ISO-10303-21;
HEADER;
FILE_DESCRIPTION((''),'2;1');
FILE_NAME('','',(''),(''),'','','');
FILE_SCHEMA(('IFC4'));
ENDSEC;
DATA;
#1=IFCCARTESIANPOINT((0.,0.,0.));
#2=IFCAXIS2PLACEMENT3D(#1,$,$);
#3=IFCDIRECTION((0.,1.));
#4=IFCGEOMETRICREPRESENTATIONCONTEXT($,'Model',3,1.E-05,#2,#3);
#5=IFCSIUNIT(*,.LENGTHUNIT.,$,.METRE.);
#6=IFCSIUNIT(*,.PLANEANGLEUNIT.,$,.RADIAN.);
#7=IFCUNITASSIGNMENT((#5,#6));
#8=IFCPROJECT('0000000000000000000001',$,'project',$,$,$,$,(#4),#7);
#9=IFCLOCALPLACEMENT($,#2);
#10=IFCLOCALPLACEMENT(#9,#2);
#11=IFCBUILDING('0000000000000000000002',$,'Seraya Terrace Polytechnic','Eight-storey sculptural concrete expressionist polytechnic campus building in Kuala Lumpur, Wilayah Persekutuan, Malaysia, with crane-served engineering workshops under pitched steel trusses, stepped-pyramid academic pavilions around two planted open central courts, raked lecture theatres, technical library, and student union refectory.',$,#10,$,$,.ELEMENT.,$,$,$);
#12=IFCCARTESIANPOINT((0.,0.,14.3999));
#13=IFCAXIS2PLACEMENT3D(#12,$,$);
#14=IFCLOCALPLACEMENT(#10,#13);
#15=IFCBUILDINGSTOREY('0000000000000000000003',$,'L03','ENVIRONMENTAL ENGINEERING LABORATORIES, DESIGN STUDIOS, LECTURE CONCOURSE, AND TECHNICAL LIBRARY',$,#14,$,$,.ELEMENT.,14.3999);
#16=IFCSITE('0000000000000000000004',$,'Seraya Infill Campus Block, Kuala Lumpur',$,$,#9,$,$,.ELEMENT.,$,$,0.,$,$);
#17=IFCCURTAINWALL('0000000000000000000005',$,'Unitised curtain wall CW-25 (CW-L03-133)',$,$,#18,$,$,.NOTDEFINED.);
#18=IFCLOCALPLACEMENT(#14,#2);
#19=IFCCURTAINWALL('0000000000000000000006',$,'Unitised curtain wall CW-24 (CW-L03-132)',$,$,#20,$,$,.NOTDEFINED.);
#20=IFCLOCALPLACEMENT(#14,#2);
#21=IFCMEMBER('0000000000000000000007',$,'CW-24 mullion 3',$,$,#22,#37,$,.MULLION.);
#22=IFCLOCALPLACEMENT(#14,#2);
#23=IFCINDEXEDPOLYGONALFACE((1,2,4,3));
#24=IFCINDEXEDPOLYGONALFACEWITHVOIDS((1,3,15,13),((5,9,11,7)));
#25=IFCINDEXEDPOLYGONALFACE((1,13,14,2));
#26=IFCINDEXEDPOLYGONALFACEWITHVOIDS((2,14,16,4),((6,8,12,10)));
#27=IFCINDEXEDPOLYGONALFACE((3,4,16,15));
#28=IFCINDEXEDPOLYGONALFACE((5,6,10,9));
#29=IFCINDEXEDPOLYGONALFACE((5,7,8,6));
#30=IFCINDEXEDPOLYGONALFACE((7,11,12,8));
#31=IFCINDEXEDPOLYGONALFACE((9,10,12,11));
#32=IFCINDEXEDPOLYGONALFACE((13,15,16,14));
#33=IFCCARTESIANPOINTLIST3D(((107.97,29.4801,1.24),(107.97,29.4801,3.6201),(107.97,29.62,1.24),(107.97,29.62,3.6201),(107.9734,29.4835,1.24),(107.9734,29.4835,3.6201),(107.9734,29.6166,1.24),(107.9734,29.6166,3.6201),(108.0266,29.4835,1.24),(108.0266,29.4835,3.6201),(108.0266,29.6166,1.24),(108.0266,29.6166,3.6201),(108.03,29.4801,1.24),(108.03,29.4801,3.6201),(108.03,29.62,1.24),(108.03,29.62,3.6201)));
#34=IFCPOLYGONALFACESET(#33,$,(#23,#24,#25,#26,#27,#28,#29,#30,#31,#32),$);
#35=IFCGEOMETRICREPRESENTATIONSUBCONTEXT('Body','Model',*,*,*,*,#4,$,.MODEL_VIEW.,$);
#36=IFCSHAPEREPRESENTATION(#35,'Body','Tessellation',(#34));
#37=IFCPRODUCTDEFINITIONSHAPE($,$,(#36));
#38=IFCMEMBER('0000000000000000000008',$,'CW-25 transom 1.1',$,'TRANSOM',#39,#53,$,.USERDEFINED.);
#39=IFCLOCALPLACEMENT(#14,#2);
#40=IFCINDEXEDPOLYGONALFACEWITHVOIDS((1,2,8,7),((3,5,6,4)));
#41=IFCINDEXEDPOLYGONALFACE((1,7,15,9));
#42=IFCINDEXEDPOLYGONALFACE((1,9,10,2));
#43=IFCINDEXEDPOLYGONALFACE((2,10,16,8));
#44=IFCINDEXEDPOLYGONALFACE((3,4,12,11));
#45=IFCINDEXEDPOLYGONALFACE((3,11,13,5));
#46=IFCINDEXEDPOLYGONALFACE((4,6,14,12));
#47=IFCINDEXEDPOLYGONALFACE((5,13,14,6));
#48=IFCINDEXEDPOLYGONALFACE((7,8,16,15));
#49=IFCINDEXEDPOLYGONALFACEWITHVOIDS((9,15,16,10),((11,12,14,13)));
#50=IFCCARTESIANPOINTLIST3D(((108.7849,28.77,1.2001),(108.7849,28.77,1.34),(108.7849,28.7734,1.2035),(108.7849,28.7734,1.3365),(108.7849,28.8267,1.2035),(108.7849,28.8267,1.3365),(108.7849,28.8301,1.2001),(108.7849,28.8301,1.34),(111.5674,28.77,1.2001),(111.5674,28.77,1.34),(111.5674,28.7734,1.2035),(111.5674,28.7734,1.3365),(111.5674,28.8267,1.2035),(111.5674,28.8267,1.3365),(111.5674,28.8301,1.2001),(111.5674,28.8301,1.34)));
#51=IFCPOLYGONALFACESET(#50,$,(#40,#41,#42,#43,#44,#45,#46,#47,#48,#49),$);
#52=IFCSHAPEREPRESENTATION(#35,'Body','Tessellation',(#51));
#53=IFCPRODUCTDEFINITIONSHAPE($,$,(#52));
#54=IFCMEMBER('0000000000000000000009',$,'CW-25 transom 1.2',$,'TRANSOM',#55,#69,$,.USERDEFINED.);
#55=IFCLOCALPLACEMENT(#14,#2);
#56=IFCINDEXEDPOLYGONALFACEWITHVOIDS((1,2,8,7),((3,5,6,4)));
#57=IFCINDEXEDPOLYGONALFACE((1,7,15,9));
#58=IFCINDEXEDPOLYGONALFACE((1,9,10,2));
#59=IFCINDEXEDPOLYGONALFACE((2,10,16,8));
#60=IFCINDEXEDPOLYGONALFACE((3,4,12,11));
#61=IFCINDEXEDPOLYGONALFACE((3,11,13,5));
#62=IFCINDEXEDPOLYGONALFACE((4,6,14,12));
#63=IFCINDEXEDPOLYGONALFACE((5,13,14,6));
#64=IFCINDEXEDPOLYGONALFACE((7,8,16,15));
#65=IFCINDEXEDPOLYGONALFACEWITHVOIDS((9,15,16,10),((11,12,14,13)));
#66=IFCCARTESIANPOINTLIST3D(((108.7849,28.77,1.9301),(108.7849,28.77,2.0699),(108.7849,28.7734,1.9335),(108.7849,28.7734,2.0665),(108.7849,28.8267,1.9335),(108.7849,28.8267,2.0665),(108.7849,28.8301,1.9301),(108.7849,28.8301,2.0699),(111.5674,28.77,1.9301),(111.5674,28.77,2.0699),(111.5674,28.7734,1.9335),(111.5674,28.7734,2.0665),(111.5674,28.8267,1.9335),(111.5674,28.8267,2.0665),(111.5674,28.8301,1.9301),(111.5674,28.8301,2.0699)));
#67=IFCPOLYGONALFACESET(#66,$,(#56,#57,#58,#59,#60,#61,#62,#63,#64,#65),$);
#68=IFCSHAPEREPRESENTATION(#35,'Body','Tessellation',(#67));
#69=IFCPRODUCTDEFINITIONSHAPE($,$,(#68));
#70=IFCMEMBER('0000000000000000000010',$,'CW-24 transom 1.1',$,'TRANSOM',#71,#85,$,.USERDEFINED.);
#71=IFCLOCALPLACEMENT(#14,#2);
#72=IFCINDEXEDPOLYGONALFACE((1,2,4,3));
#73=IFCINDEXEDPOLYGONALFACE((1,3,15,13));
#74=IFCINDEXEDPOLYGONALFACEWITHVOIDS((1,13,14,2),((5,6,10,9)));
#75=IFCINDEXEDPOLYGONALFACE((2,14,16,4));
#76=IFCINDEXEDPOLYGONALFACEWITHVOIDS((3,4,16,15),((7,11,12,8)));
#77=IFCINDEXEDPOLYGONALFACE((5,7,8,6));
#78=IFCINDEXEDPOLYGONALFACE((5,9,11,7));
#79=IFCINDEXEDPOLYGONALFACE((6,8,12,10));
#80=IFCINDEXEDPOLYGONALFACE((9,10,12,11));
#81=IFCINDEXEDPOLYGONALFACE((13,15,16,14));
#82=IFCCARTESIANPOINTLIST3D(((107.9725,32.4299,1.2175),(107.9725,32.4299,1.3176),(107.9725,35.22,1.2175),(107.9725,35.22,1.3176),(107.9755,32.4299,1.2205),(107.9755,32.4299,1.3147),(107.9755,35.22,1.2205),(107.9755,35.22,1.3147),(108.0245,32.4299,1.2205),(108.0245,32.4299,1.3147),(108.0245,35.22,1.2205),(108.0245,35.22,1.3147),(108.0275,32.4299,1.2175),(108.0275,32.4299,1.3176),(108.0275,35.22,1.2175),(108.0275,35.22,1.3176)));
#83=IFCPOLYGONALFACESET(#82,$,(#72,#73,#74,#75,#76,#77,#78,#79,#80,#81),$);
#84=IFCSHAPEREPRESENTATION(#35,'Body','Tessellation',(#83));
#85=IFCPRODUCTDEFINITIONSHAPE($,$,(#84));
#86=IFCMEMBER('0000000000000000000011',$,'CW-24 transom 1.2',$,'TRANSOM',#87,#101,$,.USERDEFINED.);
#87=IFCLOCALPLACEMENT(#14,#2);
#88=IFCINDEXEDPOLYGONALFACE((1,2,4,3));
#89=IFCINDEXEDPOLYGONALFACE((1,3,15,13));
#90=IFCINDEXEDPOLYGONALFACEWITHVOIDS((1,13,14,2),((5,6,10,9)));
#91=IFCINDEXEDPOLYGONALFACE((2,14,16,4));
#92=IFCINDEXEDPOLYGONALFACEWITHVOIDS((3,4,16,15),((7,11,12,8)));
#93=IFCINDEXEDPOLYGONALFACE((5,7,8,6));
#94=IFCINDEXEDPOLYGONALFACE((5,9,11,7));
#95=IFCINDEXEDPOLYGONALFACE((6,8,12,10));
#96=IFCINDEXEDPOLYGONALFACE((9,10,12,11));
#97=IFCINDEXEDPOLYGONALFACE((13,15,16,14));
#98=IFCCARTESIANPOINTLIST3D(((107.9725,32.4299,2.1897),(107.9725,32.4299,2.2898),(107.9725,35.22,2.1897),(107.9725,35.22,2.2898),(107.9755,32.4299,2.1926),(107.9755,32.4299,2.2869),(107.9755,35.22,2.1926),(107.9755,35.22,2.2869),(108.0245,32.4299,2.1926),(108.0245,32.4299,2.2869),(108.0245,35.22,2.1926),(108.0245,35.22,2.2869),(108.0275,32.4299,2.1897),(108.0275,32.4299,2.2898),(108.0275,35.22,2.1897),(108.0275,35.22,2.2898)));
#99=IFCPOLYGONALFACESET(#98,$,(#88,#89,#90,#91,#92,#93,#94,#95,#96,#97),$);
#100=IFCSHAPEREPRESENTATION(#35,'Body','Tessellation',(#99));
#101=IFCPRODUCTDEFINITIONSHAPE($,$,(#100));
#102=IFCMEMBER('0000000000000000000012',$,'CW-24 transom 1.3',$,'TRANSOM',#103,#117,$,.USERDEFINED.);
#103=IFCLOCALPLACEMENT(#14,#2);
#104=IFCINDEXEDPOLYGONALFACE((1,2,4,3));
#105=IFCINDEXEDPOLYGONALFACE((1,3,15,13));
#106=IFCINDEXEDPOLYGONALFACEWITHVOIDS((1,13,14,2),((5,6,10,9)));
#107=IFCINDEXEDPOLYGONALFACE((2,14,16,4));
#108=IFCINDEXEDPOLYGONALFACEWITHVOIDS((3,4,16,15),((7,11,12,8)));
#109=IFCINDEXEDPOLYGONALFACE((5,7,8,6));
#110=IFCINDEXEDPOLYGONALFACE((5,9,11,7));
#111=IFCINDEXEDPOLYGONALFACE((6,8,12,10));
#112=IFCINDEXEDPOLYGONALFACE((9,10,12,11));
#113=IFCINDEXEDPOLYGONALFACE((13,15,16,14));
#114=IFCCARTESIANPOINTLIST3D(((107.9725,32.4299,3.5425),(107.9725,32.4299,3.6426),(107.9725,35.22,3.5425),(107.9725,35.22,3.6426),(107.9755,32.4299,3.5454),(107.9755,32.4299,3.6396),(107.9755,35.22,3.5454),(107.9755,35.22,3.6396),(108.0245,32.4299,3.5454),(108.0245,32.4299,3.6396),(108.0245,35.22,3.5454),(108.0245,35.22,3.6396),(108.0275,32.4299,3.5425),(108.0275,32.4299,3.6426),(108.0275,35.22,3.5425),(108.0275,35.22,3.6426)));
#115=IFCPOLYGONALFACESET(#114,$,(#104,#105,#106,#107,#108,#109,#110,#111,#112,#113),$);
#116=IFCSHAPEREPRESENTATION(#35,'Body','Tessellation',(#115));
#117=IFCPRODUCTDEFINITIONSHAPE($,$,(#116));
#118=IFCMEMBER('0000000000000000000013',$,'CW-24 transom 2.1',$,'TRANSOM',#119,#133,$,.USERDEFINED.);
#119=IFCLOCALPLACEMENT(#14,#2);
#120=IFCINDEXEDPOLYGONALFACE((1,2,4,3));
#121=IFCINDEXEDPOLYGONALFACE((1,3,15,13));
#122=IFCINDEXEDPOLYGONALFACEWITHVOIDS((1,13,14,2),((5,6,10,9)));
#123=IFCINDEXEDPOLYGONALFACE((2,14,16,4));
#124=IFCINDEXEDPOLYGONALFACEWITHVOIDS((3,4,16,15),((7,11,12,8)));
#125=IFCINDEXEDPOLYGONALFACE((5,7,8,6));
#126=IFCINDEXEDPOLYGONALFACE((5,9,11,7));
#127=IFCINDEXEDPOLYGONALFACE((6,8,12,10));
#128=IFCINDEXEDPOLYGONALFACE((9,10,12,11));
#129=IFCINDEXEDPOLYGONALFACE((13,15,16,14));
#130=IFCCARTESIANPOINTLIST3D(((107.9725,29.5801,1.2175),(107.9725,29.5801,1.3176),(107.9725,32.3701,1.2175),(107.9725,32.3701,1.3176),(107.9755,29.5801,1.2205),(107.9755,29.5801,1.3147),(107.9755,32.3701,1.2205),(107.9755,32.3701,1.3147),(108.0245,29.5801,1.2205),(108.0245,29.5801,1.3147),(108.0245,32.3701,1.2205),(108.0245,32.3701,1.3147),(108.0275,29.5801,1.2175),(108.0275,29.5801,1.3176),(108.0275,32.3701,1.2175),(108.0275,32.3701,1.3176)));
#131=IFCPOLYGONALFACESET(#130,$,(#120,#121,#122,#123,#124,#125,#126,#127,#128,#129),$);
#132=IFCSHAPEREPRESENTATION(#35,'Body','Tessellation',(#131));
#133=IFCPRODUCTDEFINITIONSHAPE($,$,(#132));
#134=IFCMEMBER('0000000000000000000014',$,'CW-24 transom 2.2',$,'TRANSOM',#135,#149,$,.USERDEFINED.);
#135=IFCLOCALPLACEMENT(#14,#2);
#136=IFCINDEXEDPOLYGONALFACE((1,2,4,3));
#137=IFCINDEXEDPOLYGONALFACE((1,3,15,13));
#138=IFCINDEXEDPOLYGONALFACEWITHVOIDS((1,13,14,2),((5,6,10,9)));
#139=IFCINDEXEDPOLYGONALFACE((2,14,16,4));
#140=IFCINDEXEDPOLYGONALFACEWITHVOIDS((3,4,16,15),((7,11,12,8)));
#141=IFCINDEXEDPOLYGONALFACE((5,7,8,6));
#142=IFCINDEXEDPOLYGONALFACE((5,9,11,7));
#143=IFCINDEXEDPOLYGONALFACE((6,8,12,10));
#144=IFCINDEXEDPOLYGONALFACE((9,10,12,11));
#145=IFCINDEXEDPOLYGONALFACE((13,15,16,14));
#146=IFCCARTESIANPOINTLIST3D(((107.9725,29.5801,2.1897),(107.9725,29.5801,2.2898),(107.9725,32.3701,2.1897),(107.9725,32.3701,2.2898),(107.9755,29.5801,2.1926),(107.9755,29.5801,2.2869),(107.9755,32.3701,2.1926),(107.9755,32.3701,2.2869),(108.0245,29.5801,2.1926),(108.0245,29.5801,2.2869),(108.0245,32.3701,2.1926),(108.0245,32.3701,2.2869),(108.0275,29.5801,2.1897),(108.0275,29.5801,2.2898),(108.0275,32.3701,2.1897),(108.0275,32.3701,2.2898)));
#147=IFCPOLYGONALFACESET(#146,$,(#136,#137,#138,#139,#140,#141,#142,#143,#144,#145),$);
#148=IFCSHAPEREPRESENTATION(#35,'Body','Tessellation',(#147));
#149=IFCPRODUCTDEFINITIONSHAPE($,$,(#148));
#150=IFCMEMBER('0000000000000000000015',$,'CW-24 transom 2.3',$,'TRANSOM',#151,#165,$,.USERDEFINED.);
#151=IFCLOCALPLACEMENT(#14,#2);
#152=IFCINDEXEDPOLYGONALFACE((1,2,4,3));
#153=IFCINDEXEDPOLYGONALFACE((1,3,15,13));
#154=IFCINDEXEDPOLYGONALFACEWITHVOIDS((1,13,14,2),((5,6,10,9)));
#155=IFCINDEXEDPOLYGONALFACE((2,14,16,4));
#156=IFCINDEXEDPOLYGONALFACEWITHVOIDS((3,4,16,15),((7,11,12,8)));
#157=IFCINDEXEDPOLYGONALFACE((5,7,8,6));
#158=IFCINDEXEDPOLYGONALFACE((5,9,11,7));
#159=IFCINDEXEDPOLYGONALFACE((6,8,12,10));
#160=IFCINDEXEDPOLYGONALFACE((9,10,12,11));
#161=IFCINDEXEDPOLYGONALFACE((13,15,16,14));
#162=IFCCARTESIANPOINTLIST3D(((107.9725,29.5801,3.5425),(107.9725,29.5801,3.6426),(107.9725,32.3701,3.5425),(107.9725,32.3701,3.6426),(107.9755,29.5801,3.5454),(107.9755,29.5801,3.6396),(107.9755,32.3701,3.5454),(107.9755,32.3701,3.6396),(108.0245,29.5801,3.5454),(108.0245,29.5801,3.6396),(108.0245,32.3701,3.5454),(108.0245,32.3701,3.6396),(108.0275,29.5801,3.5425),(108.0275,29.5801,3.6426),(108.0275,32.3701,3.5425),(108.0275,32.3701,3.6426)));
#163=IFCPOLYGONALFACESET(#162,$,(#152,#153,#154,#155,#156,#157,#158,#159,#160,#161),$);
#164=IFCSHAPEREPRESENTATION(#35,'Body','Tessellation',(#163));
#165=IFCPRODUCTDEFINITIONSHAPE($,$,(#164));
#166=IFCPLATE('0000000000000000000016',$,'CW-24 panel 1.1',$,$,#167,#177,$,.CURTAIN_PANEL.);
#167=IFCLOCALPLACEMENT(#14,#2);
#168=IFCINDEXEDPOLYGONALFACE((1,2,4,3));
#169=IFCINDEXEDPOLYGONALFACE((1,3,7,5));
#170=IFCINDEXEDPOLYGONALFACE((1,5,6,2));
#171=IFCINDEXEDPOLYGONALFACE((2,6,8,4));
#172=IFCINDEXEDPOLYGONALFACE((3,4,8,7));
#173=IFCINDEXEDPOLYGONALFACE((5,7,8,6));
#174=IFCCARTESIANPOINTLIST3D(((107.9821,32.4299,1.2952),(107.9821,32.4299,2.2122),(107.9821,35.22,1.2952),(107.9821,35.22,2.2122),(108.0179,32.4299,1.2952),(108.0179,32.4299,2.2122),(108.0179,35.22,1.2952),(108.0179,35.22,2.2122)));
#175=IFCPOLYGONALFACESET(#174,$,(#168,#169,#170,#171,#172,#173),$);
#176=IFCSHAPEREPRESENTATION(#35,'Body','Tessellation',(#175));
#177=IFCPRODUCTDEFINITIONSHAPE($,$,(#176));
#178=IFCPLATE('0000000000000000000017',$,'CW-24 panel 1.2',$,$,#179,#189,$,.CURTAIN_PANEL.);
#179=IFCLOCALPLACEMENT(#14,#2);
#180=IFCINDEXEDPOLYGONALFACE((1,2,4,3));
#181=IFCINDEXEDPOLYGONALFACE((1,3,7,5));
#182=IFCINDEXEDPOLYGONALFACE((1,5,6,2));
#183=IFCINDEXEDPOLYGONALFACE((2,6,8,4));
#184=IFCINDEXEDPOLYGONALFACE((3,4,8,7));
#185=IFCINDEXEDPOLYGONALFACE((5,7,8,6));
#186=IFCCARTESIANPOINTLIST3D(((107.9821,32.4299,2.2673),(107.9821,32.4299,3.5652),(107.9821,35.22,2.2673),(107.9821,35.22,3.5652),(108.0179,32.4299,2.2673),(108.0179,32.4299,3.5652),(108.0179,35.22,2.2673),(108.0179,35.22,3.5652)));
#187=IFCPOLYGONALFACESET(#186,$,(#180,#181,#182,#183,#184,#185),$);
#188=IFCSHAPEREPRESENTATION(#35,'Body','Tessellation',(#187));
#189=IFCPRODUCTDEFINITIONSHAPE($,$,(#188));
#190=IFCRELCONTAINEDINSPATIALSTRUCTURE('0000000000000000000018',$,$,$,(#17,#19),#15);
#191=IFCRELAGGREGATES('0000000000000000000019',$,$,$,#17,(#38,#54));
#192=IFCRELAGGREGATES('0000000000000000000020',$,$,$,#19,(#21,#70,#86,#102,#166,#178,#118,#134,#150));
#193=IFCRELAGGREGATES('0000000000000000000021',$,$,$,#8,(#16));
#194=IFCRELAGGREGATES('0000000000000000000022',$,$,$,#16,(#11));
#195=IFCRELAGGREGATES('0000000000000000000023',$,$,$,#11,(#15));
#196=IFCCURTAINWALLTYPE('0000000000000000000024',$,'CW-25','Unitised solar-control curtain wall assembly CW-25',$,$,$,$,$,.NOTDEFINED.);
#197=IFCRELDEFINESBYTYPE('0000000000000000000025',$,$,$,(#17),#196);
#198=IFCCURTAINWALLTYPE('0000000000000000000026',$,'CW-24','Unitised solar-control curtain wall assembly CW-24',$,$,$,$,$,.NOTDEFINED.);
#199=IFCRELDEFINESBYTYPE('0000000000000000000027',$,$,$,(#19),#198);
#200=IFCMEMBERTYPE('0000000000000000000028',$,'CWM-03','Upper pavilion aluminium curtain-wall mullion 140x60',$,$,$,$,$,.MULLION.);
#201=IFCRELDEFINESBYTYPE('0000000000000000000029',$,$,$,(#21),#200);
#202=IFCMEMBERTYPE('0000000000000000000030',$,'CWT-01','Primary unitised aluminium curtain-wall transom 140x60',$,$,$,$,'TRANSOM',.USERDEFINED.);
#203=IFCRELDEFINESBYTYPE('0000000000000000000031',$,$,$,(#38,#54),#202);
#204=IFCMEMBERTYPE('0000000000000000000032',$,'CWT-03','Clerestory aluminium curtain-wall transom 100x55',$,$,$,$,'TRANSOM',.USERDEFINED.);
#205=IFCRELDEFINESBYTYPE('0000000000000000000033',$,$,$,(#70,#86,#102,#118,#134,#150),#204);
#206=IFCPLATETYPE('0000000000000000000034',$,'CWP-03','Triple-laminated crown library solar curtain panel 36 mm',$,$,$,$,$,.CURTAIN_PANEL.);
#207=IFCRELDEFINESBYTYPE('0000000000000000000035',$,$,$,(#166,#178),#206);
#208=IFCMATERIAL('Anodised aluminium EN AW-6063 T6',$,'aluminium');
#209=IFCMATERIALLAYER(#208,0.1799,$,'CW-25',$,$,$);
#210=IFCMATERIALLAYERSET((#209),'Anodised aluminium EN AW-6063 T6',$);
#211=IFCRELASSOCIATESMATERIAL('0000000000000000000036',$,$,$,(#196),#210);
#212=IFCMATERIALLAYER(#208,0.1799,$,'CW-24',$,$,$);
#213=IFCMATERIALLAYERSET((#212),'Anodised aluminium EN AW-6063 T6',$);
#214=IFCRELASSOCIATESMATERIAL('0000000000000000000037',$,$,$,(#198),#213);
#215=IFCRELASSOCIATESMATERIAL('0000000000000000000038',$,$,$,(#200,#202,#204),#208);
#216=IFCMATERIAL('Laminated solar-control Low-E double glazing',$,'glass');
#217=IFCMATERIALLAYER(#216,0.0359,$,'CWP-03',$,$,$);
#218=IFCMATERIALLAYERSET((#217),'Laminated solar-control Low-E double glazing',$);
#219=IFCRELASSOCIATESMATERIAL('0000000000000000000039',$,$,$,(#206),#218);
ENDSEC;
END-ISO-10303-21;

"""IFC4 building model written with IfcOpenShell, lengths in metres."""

from ifc_helpers import new_model, si_unit, direction, frame, origin, origin_2d, place, context, subcontext, project, spatial, rectangle, hollow_rectangle, extrude, material, layer, layer_set, material_profile, profile_set, type_object, element, aggregate, save


model = new_model("IFC4")

# Units and contexts
model_context = context("Model", 3, precision=1e-05, world=origin(), true_north=direction((0.0, 1.0)))
body_context = subcontext(model_context, "Body", "Model", "MODEL_VIEW")
ifc_project = project(units=[si_unit("LENGTHUNIT", "METRE"), si_unit("PLANEANGLEUNIT", "RADIAN")], contexts=[model_context])

# Site, building, storey
site_placement = place(None, origin())
site = spatial("IfcSite", under=ifc_project, at=site_placement, Name="Seraya Infill Campus Block, Kuala Lumpur", CompositionType="ELEMENT", RefElevation=0.0)
building_placement = place(site_placement, origin())
building = spatial("IfcBuilding", under=site, at=building_placement, Name="Seraya Terrace Polytechnic", Description="Eight-storey sculptural concrete expressionist polytechnic campus building in Kuala Lumpur, Wilayah Persekutuan, Malaysia, with crane-served engineering workshops under pitched steel trusses, stepped-pyramid academic pavilions around two planted open central courts, raked lecture theatres, technical library, and student union refectory.", CompositionType="ELEMENT")
storey_placement = place(building_placement, frame((0.0, 0.0, 14.3999)))
storey = spatial("IfcBuildingStorey", under=building, at=storey_placement, Name="L03", Description="ENVIRONMENTAL ENGINEERING LABORATORIES, DESIGN STUDIOS, LECTURE CONCOURSE, AND TECHNICAL LIBRARY", CompositionType="ELEMENT", Elevation=14.3999)

# Curtain wall
ifc_material_1 = material(Name="Anodised aluminium EN AW-6063 T6", Category="aluminium")
ifc_layer_1 = layer(ifc_material_1, 0.1799, Name="CW-25")
ifc_layer_set_1 = layer_set([ifc_layer_1], Name="Anodised aluminium EN AW-6063 T6")
curtain_wall_type_1 = type_object("IfcCurtainWallType", Name="CW-25", Description="Unitised solar-control curtain wall assembly CW-25", PredefinedType="NOTDEFINED", material=ifc_layer_set_1)
curtain_wall_1_placement = place(storey_placement, origin())
curtain_wall_1 = element("IfcCurtainWall", 1, at=curtain_wall_1_placement, inside=storey, type_object=curtain_wall_type_1, Name="Unitised curtain wall CW-25 (CW-L03-133)", PredefinedType="NOTDEFINED")

# Curtain wall, member
ifc_layer_2 = layer(ifc_material_1, 0.1799, Name="CW-24")
ifc_layer_set_2 = layer_set([ifc_layer_2], Name="Anodised aluminium EN AW-6063 T6")
curtain_wall_type_2 = type_object("IfcCurtainWallType", Name="CW-24", Description="Unitised solar-control curtain wall assembly CW-24", PredefinedType="NOTDEFINED", material=ifc_layer_set_2)
curtain_wall_2_placement = place(storey_placement, origin())
curtain_wall_2 = element("IfcCurtainWall", 2, at=curtain_wall_2_placement, inside=storey, type_object=curtain_wall_type_2, Name="Unitised curtain wall CW-24 (CW-L03-132)", PredefinedType="NOTDEFINED")
ifc_material_profile_1 = material_profile(ifc_material_1, hollow_rectangle(XDim=0.0601, YDim=0.1399, WallThickness=0.0034, at=origin_2d()), Name="RHS 140x60x3.5")
ifc_profile_set_1 = profile_set([ifc_material_profile_1], Name="Anodised aluminium EN AW-6063 T6")
member_type_1 = type_object("IfcMemberType", Name="CWM-03", Description="Upper pavilion aluminium curtain-wall mullion 140x60", PredefinedType="MULLION", material=ifc_profile_set_1)
member_1_placement = place(storey_placement, frame((108.0, 29.55, 1.24), z_axis=(0.0, 0.0, 1.0), x_axis=(1.0, 0.0, 0.0)))
member_1 = element("IfcMember", 3, at=member_1_placement, type_object=member_type_1, Name="CW-24 mullion 3", PredefinedType="MULLION", context=body_context, shape_type="SweptSolid", body=[
    extrude(hollow_rectangle(XDim=0.0601, YDim=0.1399, WallThickness=0.0034, at=origin_2d()), origin(), (0.0, 0.0, 1.0), 2.3801),
])

# Members
ifc_material_profile_2 = material_profile(ifc_material_1, hollow_rectangle(XDim=0.0601, YDim=0.1399, WallThickness=0.0034, at=origin_2d()), Name="RHS 140x60x3.5")
ifc_profile_set_2 = profile_set([ifc_material_profile_2], Name="Anodised aluminium EN AW-6063 T6")
member_type_2 = type_object("IfcMemberType", Name="CWT-01", Description="Primary unitised aluminium curtain-wall transom 140x60", ElementType="TRANSOM", PredefinedType="USERDEFINED", material=ifc_profile_set_2)
member_2_placement = place(storey_placement, frame((108.7849, 28.8, 1.27), z_axis=(1.0, 0.0, 0.0), x_axis=(0.0, 1.0, 0.0)))
member_2 = element("IfcMember", 4, at=member_2_placement, type_object=member_type_2, Name="CW-25 transom 1.1", ObjectType="TRANSOM", PredefinedType="USERDEFINED", context=body_context, shape_type="SweptSolid", body=[
    extrude(hollow_rectangle(XDim=0.0601, YDim=0.1399, WallThickness=0.0034, at=origin_2d()), origin(), (0.0, 0.0, 1.0), 2.7825),
])
member_3_placement = place(storey_placement, frame((108.7849, 28.8, 2.0), z_axis=(1.0, 0.0, 0.0), x_axis=(0.0, 1.0, 0.0)))
member_3 = element("IfcMember", 5, at=member_3_placement, type_object=member_type_2, Name="CW-25 transom 1.2", ObjectType="TRANSOM", PredefinedType="USERDEFINED", context=body_context, shape_type="SweptSolid", body=[
    extrude(hollow_rectangle(XDim=0.0601, YDim=0.1399, WallThickness=0.0034, at=origin_2d()), origin(), (0.0, 0.0, 1.0), 2.7825),
])
aggregate(curtain_wall_1, [member_2, member_3])
ifc_material_profile_3 = material_profile(ifc_material_1, hollow_rectangle(XDim=0.0549, YDim=0.1001, WallThickness=0.0029, at=origin_2d()), Name="RHS 100x55x3.0")
ifc_profile_set_3 = profile_set([ifc_material_profile_3], Name="Anodised aluminium EN AW-6063 T6")
member_type_3 = type_object("IfcMemberType", Name="CWT-03", Description="Clerestory aluminium curtain-wall transom 100x55", ElementType="TRANSOM", PredefinedType="USERDEFINED", material=ifc_profile_set_3)
member_4_placement = place(storey_placement, frame((108.0, 35.22, 1.2676), z_axis=(0.0, -1.0, 0.0), x_axis=(1.0, 0.0, 0.0)))
member_4 = element("IfcMember", 6, at=member_4_placement, type_object=member_type_3, Name="CW-24 transom 1.1", ObjectType="TRANSOM", PredefinedType="USERDEFINED", context=body_context, shape_type="SweptSolid", body=[
    extrude(hollow_rectangle(XDim=0.0549, YDim=0.1001, WallThickness=0.0029, at=origin_2d()), origin(), (0.0, 0.0, 1.0), 2.79),
])
member_5_placement = place(storey_placement, frame((108.0, 35.22, 2.2397), z_axis=(0.0, -1.0, 0.0), x_axis=(1.0, 0.0, 0.0)))
member_5 = element("IfcMember", 7, at=member_5_placement, type_object=member_type_3, Name="CW-24 transom 1.2", ObjectType="TRANSOM", PredefinedType="USERDEFINED", context=body_context, shape_type="SweptSolid", body=[
    extrude(hollow_rectangle(XDim=0.0549, YDim=0.1001, WallThickness=0.0029, at=origin_2d()), origin(), (0.0, 0.0, 1.0), 2.79),
])
member_6_placement = place(storey_placement, frame((108.0, 35.22, 3.5925), z_axis=(0.0, -1.0, 0.0), x_axis=(1.0, 0.0, 0.0)))
member_6 = element("IfcMember", 8, at=member_6_placement, type_object=member_type_3, Name="CW-24 transom 1.3", ObjectType="TRANSOM", PredefinedType="USERDEFINED", context=body_context, shape_type="SweptSolid", body=[
    extrude(hollow_rectangle(XDim=0.0549, YDim=0.1001, WallThickness=0.0029, at=origin_2d()), origin(), (0.0, 0.0, 1.0), 2.79),
])
member_7_placement = place(storey_placement, frame((108.0, 32.3701, 1.2676), z_axis=(0.0, -1.0, 0.0), x_axis=(1.0, 0.0, 0.0)))
member_7 = element("IfcMember", 9, at=member_7_placement, type_object=member_type_3, Name="CW-24 transom 2.1", ObjectType="TRANSOM", PredefinedType="USERDEFINED", context=body_context, shape_type="SweptSolid", body=[
    extrude(hollow_rectangle(XDim=0.0549, YDim=0.1001, WallThickness=0.0029, at=origin_2d()), origin(), (0.0, 0.0, 1.0), 2.79),
])
member_8_placement = place(storey_placement, frame((108.0, 32.3701, 2.2397), z_axis=(0.0, -1.0, 0.0), x_axis=(1.0, 0.0, 0.0)))
member_8 = element("IfcMember", 10, at=member_8_placement, type_object=member_type_3, Name="CW-24 transom 2.2", ObjectType="TRANSOM", PredefinedType="USERDEFINED", context=body_context, shape_type="SweptSolid", body=[
    extrude(hollow_rectangle(XDim=0.0549, YDim=0.1001, WallThickness=0.0029, at=origin_2d()), origin(), (0.0, 0.0, 1.0), 2.79),
])
member_9_placement = place(storey_placement, frame((108.0, 32.3701, 3.5925), z_axis=(0.0, -1.0, 0.0), x_axis=(1.0, 0.0, 0.0)))
member_9 = element("IfcMember", 11, at=member_9_placement, type_object=member_type_3, Name="CW-24 transom 2.3", ObjectType="TRANSOM", PredefinedType="USERDEFINED", context=body_context, shape_type="SweptSolid", body=[
    extrude(hollow_rectangle(XDim=0.0549, YDim=0.1001, WallThickness=0.0029, at=origin_2d()), origin(), (0.0, 0.0, 1.0), 2.79),
])

# Plates
ifc_material_2 = material(Name="Laminated solar-control Low-E double glazing", Category="glass")
ifc_layer_3 = layer(ifc_material_2, 0.0359, Name="CWP-03")
ifc_layer_set_3 = layer_set([ifc_layer_3], Name="Laminated solar-control Low-E double glazing")
plate_type = type_object("IfcPlateType", Name="CWP-03", Description="Triple-laminated crown library solar curtain panel 36 mm", PredefinedType="CURTAIN_PANEL", material=ifc_layer_set_3)
plate_1_placement = place(storey_placement, frame((108.0, 33.825, 1.2952), z_axis=(0.0, 0.0, 1.0), x_axis=(0.0, -1.0, 0.0)))
plate_1 = element("IfcPlate", 12, at=plate_1_placement, type_object=plate_type, Name="CW-24 panel 1.1", PredefinedType="CURTAIN_PANEL", context=body_context, shape_type="SweptSolid", body=[
    extrude(rectangle(XDim=2.79, YDim=0.0359, at=origin_2d()), origin(), (0.0, 0.0, 1.0), 0.917),
])
plate_2_placement = place(storey_placement, frame((108.0, 33.825, 2.2673), z_axis=(0.0, 0.0, 1.0), x_axis=(0.0, -1.0, 0.0)))
plate_2 = element("IfcPlate", 13, at=plate_2_placement, type_object=plate_type, Name="CW-24 panel 1.2", PredefinedType="CURTAIN_PANEL", context=body_context, shape_type="SweptSolid", body=[
    extrude(rectangle(XDim=2.79, YDim=0.0359, at=origin_2d()), origin(), (0.0, 0.0, 1.0), 1.2979),
])
aggregate(curtain_wall_2, [member_1, member_4, member_5, member_6, plate_1, plate_2, member_7, member_8, member_9])

save(model, "model.ifc")
